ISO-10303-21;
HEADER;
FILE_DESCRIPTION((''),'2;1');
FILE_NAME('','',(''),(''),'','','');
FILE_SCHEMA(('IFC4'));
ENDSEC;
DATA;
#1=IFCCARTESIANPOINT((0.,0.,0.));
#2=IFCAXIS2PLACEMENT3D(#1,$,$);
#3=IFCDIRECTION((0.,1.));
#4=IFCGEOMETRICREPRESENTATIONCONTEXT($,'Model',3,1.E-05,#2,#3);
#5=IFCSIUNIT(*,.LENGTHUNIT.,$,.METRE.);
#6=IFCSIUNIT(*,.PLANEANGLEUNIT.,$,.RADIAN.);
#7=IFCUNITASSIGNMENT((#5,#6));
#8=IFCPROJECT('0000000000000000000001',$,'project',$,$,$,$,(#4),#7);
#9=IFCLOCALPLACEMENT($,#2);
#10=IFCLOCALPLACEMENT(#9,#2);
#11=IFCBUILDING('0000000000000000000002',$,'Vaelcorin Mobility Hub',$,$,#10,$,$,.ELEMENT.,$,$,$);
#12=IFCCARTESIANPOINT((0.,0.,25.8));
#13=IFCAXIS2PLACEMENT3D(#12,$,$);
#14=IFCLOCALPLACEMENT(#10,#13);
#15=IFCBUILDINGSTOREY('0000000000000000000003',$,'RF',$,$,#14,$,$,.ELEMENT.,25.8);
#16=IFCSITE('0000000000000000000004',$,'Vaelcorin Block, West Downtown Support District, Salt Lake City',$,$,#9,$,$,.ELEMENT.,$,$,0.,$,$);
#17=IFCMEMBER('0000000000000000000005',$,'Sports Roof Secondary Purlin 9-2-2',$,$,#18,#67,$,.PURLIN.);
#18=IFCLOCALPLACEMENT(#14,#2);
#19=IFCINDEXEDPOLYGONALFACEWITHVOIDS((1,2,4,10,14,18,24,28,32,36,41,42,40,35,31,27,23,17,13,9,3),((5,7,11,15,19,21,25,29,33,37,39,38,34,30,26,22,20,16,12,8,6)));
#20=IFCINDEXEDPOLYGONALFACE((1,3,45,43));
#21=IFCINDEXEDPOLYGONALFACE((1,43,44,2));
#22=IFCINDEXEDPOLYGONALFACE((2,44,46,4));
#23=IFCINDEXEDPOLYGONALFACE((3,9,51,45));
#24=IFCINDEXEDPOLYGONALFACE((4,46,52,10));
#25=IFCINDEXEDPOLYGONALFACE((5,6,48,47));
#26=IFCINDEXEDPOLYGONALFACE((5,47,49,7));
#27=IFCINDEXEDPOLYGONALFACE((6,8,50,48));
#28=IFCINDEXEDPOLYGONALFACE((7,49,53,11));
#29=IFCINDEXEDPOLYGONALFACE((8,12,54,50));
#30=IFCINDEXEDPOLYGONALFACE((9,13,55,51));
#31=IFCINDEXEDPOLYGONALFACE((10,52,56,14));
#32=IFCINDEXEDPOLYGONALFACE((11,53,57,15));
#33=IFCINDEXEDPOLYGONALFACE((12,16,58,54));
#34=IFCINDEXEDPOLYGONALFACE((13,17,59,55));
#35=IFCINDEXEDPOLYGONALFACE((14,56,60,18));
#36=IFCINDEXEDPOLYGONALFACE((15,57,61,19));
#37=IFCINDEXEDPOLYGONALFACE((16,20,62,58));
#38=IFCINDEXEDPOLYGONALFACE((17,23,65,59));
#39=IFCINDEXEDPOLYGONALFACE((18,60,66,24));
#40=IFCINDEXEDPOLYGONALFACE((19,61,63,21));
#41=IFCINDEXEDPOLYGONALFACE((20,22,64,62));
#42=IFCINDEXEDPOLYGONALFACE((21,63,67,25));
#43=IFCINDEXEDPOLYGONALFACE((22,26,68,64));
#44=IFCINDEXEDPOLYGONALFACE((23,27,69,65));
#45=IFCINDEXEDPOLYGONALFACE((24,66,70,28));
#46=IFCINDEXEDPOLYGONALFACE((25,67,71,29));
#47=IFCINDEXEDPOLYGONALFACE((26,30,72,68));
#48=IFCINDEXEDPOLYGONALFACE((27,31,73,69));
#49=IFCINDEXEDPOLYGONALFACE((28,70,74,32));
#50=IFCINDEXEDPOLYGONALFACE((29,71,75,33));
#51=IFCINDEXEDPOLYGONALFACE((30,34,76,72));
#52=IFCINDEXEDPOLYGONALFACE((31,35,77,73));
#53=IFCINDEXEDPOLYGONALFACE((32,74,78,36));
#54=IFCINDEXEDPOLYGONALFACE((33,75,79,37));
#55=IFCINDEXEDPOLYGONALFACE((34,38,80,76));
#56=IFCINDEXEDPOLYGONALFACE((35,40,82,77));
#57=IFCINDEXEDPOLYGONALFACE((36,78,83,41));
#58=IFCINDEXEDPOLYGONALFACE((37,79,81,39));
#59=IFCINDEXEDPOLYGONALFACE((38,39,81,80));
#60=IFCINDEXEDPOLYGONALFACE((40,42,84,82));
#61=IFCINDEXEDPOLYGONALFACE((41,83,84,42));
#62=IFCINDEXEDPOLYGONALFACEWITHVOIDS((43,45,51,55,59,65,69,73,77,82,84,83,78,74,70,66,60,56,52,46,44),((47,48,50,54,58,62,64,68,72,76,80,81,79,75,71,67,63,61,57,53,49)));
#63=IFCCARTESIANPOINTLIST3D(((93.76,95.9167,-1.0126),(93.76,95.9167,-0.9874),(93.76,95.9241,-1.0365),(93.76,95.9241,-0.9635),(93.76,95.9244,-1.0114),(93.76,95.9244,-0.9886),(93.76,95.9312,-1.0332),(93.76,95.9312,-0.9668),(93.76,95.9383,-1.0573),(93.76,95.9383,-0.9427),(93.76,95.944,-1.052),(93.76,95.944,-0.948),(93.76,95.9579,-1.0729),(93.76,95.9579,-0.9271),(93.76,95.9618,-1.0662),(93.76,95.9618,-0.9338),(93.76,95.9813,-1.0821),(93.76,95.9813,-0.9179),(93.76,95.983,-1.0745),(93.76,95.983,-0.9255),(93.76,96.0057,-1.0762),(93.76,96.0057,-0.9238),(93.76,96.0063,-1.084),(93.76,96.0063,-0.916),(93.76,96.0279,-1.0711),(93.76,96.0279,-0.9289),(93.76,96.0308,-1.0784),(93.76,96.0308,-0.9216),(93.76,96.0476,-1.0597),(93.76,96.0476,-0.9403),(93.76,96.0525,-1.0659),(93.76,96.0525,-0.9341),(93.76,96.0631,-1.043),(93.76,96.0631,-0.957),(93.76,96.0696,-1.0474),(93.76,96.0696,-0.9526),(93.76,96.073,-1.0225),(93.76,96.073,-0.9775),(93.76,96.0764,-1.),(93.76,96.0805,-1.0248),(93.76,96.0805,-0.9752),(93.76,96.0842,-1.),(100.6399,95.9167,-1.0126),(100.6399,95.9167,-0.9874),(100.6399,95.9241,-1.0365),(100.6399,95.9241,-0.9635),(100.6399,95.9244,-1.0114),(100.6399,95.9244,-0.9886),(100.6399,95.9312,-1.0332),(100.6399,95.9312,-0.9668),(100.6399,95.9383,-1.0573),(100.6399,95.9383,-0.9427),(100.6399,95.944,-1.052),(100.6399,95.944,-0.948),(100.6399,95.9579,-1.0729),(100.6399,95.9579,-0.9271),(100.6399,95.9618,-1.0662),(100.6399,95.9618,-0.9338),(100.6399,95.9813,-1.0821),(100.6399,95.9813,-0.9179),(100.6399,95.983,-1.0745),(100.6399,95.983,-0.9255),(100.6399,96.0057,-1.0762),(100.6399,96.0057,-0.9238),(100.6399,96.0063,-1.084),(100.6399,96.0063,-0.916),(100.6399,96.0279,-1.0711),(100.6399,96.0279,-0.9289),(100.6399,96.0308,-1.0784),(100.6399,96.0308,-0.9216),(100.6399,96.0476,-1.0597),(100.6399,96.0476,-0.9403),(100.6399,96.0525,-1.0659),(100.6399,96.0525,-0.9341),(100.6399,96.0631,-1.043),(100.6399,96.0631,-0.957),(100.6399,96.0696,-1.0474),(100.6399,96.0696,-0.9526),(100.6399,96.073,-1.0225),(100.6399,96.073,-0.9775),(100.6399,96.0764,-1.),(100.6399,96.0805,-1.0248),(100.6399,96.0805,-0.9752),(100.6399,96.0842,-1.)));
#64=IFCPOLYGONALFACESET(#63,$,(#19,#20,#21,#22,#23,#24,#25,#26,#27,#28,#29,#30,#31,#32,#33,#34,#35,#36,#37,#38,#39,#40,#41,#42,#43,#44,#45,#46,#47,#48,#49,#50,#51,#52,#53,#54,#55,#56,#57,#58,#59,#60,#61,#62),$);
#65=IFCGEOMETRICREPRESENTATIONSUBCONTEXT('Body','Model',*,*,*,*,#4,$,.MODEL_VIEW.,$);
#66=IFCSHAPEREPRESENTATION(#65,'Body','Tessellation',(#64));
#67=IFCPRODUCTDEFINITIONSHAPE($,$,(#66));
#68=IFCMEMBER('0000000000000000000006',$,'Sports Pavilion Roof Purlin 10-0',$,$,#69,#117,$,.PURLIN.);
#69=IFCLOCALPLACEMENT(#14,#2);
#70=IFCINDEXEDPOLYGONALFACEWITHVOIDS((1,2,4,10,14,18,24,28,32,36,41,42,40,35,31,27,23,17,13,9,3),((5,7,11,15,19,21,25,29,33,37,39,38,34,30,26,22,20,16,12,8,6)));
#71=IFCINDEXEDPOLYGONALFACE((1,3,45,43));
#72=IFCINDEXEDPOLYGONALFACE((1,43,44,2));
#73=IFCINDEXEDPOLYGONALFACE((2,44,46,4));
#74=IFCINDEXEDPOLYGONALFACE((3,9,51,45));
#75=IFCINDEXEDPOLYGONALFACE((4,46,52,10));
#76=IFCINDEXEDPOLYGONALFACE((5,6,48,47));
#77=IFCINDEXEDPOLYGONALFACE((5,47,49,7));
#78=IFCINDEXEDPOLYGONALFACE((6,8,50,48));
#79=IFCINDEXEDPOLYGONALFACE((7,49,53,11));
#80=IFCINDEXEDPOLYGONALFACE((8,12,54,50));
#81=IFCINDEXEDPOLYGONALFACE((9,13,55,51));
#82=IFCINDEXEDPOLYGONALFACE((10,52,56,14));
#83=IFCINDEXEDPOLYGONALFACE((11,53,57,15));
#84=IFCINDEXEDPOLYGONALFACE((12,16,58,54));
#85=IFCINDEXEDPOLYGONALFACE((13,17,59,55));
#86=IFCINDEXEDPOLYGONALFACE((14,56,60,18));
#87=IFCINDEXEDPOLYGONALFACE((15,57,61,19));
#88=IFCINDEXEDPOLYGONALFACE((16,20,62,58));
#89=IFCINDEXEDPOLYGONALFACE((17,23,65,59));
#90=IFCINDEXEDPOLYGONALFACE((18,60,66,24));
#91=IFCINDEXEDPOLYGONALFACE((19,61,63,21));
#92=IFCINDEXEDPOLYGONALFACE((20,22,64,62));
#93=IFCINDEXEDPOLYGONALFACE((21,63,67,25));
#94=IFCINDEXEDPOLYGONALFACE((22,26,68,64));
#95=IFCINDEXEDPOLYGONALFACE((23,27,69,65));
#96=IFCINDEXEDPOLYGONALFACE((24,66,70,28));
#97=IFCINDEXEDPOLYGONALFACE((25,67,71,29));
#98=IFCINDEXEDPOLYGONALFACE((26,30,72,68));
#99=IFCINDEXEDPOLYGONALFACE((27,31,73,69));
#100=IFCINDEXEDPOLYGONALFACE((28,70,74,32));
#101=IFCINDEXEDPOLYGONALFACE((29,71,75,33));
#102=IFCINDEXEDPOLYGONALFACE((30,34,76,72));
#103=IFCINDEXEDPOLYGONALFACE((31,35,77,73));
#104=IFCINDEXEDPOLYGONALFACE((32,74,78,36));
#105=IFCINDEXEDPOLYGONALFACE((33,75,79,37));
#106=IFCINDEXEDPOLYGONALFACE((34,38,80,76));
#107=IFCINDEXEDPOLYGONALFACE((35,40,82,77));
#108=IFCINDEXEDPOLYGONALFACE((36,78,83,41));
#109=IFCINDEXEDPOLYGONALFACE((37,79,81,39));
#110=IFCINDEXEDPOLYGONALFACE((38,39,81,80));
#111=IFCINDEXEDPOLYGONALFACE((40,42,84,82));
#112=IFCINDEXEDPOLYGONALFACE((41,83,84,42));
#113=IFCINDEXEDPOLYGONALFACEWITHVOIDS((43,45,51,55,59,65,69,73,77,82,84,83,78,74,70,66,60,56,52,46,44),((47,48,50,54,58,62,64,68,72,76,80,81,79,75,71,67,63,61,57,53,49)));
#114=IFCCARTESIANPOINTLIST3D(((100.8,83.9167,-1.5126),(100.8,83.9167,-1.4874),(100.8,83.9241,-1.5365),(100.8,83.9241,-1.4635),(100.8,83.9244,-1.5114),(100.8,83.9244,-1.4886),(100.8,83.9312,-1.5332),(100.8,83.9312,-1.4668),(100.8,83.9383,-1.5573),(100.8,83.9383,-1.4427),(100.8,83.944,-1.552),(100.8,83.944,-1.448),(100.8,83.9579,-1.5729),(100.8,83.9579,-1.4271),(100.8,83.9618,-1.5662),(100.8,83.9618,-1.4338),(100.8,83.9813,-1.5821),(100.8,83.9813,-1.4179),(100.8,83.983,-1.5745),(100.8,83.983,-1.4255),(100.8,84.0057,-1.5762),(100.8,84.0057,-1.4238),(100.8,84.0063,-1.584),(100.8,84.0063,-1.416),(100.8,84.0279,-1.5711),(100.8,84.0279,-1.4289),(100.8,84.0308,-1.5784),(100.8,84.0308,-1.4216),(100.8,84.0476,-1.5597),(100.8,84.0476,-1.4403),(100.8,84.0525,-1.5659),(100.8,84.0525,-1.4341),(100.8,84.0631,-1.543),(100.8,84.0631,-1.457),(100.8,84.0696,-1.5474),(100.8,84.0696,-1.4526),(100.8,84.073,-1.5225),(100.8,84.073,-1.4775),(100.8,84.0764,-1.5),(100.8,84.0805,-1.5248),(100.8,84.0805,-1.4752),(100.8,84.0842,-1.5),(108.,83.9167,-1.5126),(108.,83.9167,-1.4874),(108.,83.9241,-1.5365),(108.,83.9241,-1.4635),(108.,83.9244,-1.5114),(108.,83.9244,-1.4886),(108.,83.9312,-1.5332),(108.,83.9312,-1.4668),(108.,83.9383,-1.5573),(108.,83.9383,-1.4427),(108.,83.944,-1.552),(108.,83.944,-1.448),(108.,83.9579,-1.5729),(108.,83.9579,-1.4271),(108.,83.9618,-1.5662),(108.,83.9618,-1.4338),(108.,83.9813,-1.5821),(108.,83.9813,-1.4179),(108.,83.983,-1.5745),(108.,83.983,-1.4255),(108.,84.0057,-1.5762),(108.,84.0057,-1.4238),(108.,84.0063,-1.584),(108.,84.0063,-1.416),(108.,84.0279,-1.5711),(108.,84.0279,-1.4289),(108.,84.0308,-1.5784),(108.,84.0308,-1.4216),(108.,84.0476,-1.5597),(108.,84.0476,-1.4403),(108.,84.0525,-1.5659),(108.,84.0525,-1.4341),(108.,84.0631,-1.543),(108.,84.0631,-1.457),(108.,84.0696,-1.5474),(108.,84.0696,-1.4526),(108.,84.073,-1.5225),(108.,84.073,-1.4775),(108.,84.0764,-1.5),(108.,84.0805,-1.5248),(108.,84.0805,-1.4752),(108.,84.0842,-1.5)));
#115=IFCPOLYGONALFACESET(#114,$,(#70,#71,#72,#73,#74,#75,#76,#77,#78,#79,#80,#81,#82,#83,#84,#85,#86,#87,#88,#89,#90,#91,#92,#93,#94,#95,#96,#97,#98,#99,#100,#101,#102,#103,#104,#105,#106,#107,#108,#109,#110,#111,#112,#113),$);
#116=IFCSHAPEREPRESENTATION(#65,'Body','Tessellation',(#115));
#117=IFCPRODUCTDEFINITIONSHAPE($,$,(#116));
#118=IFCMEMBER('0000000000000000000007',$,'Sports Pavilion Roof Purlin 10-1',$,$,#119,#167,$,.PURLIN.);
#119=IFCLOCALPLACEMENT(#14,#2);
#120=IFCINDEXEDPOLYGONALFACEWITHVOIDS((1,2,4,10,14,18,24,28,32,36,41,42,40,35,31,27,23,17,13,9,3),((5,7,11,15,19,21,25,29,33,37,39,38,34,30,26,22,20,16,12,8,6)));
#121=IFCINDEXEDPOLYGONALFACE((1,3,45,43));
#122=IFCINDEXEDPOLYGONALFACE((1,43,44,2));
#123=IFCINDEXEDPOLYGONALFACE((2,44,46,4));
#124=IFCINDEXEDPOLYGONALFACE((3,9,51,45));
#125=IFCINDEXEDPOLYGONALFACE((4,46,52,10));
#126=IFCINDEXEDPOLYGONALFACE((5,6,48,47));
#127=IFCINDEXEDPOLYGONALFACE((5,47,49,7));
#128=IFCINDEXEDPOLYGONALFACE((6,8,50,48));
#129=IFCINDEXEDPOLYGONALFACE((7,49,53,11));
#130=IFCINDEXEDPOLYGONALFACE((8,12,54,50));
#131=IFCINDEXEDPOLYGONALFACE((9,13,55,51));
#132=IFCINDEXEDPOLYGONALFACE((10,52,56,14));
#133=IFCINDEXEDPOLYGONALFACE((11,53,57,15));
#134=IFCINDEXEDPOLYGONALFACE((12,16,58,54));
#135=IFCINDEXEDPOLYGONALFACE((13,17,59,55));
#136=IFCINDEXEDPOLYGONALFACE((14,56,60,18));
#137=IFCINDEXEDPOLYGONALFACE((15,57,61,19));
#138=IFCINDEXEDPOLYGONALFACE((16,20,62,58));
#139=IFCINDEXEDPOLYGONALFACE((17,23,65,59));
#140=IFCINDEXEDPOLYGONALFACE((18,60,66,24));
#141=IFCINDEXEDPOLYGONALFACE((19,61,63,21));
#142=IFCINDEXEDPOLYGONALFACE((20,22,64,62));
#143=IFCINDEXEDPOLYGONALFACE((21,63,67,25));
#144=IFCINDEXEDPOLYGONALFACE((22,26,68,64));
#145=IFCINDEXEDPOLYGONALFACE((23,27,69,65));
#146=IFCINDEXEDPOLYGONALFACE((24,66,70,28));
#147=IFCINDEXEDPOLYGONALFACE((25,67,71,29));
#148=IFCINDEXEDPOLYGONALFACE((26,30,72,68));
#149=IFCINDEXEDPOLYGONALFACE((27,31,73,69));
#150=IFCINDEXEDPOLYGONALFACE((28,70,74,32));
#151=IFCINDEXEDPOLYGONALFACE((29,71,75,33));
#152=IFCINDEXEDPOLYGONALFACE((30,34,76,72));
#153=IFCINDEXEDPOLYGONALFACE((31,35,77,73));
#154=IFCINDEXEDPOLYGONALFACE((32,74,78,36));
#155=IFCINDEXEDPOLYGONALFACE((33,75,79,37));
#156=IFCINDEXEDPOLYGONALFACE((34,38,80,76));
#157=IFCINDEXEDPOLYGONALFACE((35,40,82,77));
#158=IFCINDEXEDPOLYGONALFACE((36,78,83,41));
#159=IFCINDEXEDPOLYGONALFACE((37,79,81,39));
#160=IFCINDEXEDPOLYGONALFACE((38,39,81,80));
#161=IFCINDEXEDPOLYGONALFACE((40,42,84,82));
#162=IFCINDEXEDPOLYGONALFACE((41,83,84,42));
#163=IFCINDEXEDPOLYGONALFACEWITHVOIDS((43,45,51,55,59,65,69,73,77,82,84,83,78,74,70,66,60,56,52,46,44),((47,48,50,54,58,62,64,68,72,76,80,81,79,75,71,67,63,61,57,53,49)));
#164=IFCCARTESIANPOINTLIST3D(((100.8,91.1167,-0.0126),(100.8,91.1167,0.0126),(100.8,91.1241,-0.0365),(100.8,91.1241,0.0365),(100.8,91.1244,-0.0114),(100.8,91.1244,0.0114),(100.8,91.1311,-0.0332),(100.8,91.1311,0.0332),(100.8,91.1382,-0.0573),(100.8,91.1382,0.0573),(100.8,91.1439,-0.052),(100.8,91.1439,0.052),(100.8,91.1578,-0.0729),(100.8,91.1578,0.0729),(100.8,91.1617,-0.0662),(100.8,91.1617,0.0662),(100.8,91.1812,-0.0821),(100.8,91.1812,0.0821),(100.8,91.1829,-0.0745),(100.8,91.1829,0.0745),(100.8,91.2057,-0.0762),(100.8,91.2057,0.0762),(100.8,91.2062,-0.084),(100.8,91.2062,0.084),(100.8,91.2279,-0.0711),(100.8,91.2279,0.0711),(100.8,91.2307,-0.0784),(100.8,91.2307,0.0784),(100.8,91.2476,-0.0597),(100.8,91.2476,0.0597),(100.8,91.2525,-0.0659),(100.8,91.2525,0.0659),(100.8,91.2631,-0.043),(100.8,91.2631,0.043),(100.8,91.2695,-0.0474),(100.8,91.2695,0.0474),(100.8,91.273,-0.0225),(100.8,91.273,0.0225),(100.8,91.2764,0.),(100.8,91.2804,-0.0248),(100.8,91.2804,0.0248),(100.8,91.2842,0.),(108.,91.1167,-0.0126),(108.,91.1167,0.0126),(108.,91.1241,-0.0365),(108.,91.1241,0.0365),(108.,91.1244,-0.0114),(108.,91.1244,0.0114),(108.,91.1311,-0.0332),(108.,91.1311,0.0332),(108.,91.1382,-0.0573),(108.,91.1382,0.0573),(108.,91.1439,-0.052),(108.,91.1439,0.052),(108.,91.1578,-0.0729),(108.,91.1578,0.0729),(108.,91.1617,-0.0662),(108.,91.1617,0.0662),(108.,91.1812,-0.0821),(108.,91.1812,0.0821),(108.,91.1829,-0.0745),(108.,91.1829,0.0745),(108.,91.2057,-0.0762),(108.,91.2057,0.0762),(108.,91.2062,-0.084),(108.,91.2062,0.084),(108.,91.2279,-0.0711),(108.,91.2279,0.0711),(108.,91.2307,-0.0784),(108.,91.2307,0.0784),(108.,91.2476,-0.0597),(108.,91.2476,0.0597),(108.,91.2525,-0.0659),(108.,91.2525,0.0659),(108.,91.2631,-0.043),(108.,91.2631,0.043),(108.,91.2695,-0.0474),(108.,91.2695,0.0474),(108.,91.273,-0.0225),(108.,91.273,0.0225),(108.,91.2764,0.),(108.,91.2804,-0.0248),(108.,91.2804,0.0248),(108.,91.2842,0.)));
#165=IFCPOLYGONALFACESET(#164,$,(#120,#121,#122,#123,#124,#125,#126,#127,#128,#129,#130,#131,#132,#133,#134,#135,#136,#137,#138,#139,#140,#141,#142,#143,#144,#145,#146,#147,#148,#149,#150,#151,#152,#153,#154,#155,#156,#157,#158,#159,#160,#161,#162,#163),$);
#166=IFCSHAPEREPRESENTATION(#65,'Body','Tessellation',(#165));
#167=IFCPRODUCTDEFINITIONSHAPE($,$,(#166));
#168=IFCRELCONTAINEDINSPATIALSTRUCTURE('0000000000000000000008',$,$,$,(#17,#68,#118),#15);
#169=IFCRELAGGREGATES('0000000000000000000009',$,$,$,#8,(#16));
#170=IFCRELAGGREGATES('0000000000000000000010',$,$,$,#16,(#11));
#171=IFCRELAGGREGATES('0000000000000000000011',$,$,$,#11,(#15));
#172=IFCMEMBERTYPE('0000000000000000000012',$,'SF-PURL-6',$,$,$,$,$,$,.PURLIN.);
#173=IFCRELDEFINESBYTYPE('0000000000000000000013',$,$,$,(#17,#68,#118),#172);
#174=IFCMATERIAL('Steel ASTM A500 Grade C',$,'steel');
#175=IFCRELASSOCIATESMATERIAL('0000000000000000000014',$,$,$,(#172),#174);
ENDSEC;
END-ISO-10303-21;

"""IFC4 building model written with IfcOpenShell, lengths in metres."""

from ifc_helpers import new_model, si_unit, direction, frame, origin, origin_2d, place, context, subcontext, project, spatial, hollow_circle, extrude, material, material_profile, profile_set, type_object, element, save


model = new_model("IFC4")

# Units and contexts
model_context = context("Model", 3, precision=1e-05, world=origin(), true_north=direction((0.0, 1.0)))
body_context = subcontext(model_context, "Body", "Model", "MODEL_VIEW")
ifc_project = project(units=[si_unit("LENGTHUNIT", "METRE"), si_unit("PLANEANGLEUNIT", "RADIAN")], contexts=[model_context])

# Site, building, storey
site_placement = place(None, origin())
site = spatial("IfcSite", under=ifc_project, at=site_placement, Name="Vaelcorin Block, West Downtown Support District, Salt Lake City", CompositionType="ELEMENT", RefElevation=0.0)
building_placement = place(site_placement, origin())
building = spatial("IfcBuilding", under=site, at=building_placement, Name="Vaelcorin Mobility Hub", CompositionType="ELEMENT")
storey_placement = place(building_placement, frame((0.0, 0.0, 25.8)))
storey = spatial("IfcBuildingStorey", under=building, at=storey_placement, Name="RF", CompositionType="ELEMENT", Elevation=25.8)

# Members
ifc_material_1 = material(Name="Steel ASTM A500 Grade C", Category="steel")
ifc_material_profile_1 = material_profile(ifc_material_1, hollow_circle(Radius=0.0842, WallThickness=0.0078, at=origin_2d()), Name="HSS6.625X0.312")
ifc_profile_set_1 = profile_set([ifc_material_profile_1], Name="Steel ASTM A500 Grade C")
member_type_1 = type_object("IfcMemberType", Name="SF-PURL-6", PredefinedType="PURLIN", material=ifc_profile_set_1)
for number, where, z_axis, x_axis, name in (
    (1, (93.76, 96.0, -1.0), (1.0, 0.0, 0.0), (0.0, 1.0, 0.0), "Sports Roof Secondary Purlin 9-2-2"),
):
    element("IfcMember", number, at=place(storey_placement, frame(where, z_axis=z_axis, x_axis=x_axis)), inside=storey, type_object=member_type_1, Name=name, PredefinedType="PURLIN", context=body_context, shape_type="SweptSolid", body=[
        extrude(hollow_circle(Radius=0.0842, WallThickness=0.0078, at=origin_2d()), origin(), (0.0, 0.0, 1.0), 6.8799),
    ])
for number, where, z_axis, x_axis, name in (
    (2, (100.8, 84.0, -1.5), (1.0, 0.0, 0.0), (0.0, 1.0, 0.0), "Sports Pavilion Roof Purlin 10-0"),
    (3, (100.8, 91.2, 0.0), (1.0, 0.0, 0.0), (0.0, 1.0, 0.0), "Sports Pavilion Roof Purlin 10-1"),
):
    element("IfcMember", number, at=place(storey_placement, frame(where, z_axis=z_axis, x_axis=x_axis)), inside=storey, type_object=member_type_1, Name=name, PredefinedType="PURLIN", context=body_context, shape_type="SweptSolid", body=[
        extrude(hollow_circle(Radius=0.0842, WallThickness=0.0078, at=origin_2d()), origin(), (0.0, 0.0, 1.0), 7.2),
    ])

save(model, "model.ifc")
